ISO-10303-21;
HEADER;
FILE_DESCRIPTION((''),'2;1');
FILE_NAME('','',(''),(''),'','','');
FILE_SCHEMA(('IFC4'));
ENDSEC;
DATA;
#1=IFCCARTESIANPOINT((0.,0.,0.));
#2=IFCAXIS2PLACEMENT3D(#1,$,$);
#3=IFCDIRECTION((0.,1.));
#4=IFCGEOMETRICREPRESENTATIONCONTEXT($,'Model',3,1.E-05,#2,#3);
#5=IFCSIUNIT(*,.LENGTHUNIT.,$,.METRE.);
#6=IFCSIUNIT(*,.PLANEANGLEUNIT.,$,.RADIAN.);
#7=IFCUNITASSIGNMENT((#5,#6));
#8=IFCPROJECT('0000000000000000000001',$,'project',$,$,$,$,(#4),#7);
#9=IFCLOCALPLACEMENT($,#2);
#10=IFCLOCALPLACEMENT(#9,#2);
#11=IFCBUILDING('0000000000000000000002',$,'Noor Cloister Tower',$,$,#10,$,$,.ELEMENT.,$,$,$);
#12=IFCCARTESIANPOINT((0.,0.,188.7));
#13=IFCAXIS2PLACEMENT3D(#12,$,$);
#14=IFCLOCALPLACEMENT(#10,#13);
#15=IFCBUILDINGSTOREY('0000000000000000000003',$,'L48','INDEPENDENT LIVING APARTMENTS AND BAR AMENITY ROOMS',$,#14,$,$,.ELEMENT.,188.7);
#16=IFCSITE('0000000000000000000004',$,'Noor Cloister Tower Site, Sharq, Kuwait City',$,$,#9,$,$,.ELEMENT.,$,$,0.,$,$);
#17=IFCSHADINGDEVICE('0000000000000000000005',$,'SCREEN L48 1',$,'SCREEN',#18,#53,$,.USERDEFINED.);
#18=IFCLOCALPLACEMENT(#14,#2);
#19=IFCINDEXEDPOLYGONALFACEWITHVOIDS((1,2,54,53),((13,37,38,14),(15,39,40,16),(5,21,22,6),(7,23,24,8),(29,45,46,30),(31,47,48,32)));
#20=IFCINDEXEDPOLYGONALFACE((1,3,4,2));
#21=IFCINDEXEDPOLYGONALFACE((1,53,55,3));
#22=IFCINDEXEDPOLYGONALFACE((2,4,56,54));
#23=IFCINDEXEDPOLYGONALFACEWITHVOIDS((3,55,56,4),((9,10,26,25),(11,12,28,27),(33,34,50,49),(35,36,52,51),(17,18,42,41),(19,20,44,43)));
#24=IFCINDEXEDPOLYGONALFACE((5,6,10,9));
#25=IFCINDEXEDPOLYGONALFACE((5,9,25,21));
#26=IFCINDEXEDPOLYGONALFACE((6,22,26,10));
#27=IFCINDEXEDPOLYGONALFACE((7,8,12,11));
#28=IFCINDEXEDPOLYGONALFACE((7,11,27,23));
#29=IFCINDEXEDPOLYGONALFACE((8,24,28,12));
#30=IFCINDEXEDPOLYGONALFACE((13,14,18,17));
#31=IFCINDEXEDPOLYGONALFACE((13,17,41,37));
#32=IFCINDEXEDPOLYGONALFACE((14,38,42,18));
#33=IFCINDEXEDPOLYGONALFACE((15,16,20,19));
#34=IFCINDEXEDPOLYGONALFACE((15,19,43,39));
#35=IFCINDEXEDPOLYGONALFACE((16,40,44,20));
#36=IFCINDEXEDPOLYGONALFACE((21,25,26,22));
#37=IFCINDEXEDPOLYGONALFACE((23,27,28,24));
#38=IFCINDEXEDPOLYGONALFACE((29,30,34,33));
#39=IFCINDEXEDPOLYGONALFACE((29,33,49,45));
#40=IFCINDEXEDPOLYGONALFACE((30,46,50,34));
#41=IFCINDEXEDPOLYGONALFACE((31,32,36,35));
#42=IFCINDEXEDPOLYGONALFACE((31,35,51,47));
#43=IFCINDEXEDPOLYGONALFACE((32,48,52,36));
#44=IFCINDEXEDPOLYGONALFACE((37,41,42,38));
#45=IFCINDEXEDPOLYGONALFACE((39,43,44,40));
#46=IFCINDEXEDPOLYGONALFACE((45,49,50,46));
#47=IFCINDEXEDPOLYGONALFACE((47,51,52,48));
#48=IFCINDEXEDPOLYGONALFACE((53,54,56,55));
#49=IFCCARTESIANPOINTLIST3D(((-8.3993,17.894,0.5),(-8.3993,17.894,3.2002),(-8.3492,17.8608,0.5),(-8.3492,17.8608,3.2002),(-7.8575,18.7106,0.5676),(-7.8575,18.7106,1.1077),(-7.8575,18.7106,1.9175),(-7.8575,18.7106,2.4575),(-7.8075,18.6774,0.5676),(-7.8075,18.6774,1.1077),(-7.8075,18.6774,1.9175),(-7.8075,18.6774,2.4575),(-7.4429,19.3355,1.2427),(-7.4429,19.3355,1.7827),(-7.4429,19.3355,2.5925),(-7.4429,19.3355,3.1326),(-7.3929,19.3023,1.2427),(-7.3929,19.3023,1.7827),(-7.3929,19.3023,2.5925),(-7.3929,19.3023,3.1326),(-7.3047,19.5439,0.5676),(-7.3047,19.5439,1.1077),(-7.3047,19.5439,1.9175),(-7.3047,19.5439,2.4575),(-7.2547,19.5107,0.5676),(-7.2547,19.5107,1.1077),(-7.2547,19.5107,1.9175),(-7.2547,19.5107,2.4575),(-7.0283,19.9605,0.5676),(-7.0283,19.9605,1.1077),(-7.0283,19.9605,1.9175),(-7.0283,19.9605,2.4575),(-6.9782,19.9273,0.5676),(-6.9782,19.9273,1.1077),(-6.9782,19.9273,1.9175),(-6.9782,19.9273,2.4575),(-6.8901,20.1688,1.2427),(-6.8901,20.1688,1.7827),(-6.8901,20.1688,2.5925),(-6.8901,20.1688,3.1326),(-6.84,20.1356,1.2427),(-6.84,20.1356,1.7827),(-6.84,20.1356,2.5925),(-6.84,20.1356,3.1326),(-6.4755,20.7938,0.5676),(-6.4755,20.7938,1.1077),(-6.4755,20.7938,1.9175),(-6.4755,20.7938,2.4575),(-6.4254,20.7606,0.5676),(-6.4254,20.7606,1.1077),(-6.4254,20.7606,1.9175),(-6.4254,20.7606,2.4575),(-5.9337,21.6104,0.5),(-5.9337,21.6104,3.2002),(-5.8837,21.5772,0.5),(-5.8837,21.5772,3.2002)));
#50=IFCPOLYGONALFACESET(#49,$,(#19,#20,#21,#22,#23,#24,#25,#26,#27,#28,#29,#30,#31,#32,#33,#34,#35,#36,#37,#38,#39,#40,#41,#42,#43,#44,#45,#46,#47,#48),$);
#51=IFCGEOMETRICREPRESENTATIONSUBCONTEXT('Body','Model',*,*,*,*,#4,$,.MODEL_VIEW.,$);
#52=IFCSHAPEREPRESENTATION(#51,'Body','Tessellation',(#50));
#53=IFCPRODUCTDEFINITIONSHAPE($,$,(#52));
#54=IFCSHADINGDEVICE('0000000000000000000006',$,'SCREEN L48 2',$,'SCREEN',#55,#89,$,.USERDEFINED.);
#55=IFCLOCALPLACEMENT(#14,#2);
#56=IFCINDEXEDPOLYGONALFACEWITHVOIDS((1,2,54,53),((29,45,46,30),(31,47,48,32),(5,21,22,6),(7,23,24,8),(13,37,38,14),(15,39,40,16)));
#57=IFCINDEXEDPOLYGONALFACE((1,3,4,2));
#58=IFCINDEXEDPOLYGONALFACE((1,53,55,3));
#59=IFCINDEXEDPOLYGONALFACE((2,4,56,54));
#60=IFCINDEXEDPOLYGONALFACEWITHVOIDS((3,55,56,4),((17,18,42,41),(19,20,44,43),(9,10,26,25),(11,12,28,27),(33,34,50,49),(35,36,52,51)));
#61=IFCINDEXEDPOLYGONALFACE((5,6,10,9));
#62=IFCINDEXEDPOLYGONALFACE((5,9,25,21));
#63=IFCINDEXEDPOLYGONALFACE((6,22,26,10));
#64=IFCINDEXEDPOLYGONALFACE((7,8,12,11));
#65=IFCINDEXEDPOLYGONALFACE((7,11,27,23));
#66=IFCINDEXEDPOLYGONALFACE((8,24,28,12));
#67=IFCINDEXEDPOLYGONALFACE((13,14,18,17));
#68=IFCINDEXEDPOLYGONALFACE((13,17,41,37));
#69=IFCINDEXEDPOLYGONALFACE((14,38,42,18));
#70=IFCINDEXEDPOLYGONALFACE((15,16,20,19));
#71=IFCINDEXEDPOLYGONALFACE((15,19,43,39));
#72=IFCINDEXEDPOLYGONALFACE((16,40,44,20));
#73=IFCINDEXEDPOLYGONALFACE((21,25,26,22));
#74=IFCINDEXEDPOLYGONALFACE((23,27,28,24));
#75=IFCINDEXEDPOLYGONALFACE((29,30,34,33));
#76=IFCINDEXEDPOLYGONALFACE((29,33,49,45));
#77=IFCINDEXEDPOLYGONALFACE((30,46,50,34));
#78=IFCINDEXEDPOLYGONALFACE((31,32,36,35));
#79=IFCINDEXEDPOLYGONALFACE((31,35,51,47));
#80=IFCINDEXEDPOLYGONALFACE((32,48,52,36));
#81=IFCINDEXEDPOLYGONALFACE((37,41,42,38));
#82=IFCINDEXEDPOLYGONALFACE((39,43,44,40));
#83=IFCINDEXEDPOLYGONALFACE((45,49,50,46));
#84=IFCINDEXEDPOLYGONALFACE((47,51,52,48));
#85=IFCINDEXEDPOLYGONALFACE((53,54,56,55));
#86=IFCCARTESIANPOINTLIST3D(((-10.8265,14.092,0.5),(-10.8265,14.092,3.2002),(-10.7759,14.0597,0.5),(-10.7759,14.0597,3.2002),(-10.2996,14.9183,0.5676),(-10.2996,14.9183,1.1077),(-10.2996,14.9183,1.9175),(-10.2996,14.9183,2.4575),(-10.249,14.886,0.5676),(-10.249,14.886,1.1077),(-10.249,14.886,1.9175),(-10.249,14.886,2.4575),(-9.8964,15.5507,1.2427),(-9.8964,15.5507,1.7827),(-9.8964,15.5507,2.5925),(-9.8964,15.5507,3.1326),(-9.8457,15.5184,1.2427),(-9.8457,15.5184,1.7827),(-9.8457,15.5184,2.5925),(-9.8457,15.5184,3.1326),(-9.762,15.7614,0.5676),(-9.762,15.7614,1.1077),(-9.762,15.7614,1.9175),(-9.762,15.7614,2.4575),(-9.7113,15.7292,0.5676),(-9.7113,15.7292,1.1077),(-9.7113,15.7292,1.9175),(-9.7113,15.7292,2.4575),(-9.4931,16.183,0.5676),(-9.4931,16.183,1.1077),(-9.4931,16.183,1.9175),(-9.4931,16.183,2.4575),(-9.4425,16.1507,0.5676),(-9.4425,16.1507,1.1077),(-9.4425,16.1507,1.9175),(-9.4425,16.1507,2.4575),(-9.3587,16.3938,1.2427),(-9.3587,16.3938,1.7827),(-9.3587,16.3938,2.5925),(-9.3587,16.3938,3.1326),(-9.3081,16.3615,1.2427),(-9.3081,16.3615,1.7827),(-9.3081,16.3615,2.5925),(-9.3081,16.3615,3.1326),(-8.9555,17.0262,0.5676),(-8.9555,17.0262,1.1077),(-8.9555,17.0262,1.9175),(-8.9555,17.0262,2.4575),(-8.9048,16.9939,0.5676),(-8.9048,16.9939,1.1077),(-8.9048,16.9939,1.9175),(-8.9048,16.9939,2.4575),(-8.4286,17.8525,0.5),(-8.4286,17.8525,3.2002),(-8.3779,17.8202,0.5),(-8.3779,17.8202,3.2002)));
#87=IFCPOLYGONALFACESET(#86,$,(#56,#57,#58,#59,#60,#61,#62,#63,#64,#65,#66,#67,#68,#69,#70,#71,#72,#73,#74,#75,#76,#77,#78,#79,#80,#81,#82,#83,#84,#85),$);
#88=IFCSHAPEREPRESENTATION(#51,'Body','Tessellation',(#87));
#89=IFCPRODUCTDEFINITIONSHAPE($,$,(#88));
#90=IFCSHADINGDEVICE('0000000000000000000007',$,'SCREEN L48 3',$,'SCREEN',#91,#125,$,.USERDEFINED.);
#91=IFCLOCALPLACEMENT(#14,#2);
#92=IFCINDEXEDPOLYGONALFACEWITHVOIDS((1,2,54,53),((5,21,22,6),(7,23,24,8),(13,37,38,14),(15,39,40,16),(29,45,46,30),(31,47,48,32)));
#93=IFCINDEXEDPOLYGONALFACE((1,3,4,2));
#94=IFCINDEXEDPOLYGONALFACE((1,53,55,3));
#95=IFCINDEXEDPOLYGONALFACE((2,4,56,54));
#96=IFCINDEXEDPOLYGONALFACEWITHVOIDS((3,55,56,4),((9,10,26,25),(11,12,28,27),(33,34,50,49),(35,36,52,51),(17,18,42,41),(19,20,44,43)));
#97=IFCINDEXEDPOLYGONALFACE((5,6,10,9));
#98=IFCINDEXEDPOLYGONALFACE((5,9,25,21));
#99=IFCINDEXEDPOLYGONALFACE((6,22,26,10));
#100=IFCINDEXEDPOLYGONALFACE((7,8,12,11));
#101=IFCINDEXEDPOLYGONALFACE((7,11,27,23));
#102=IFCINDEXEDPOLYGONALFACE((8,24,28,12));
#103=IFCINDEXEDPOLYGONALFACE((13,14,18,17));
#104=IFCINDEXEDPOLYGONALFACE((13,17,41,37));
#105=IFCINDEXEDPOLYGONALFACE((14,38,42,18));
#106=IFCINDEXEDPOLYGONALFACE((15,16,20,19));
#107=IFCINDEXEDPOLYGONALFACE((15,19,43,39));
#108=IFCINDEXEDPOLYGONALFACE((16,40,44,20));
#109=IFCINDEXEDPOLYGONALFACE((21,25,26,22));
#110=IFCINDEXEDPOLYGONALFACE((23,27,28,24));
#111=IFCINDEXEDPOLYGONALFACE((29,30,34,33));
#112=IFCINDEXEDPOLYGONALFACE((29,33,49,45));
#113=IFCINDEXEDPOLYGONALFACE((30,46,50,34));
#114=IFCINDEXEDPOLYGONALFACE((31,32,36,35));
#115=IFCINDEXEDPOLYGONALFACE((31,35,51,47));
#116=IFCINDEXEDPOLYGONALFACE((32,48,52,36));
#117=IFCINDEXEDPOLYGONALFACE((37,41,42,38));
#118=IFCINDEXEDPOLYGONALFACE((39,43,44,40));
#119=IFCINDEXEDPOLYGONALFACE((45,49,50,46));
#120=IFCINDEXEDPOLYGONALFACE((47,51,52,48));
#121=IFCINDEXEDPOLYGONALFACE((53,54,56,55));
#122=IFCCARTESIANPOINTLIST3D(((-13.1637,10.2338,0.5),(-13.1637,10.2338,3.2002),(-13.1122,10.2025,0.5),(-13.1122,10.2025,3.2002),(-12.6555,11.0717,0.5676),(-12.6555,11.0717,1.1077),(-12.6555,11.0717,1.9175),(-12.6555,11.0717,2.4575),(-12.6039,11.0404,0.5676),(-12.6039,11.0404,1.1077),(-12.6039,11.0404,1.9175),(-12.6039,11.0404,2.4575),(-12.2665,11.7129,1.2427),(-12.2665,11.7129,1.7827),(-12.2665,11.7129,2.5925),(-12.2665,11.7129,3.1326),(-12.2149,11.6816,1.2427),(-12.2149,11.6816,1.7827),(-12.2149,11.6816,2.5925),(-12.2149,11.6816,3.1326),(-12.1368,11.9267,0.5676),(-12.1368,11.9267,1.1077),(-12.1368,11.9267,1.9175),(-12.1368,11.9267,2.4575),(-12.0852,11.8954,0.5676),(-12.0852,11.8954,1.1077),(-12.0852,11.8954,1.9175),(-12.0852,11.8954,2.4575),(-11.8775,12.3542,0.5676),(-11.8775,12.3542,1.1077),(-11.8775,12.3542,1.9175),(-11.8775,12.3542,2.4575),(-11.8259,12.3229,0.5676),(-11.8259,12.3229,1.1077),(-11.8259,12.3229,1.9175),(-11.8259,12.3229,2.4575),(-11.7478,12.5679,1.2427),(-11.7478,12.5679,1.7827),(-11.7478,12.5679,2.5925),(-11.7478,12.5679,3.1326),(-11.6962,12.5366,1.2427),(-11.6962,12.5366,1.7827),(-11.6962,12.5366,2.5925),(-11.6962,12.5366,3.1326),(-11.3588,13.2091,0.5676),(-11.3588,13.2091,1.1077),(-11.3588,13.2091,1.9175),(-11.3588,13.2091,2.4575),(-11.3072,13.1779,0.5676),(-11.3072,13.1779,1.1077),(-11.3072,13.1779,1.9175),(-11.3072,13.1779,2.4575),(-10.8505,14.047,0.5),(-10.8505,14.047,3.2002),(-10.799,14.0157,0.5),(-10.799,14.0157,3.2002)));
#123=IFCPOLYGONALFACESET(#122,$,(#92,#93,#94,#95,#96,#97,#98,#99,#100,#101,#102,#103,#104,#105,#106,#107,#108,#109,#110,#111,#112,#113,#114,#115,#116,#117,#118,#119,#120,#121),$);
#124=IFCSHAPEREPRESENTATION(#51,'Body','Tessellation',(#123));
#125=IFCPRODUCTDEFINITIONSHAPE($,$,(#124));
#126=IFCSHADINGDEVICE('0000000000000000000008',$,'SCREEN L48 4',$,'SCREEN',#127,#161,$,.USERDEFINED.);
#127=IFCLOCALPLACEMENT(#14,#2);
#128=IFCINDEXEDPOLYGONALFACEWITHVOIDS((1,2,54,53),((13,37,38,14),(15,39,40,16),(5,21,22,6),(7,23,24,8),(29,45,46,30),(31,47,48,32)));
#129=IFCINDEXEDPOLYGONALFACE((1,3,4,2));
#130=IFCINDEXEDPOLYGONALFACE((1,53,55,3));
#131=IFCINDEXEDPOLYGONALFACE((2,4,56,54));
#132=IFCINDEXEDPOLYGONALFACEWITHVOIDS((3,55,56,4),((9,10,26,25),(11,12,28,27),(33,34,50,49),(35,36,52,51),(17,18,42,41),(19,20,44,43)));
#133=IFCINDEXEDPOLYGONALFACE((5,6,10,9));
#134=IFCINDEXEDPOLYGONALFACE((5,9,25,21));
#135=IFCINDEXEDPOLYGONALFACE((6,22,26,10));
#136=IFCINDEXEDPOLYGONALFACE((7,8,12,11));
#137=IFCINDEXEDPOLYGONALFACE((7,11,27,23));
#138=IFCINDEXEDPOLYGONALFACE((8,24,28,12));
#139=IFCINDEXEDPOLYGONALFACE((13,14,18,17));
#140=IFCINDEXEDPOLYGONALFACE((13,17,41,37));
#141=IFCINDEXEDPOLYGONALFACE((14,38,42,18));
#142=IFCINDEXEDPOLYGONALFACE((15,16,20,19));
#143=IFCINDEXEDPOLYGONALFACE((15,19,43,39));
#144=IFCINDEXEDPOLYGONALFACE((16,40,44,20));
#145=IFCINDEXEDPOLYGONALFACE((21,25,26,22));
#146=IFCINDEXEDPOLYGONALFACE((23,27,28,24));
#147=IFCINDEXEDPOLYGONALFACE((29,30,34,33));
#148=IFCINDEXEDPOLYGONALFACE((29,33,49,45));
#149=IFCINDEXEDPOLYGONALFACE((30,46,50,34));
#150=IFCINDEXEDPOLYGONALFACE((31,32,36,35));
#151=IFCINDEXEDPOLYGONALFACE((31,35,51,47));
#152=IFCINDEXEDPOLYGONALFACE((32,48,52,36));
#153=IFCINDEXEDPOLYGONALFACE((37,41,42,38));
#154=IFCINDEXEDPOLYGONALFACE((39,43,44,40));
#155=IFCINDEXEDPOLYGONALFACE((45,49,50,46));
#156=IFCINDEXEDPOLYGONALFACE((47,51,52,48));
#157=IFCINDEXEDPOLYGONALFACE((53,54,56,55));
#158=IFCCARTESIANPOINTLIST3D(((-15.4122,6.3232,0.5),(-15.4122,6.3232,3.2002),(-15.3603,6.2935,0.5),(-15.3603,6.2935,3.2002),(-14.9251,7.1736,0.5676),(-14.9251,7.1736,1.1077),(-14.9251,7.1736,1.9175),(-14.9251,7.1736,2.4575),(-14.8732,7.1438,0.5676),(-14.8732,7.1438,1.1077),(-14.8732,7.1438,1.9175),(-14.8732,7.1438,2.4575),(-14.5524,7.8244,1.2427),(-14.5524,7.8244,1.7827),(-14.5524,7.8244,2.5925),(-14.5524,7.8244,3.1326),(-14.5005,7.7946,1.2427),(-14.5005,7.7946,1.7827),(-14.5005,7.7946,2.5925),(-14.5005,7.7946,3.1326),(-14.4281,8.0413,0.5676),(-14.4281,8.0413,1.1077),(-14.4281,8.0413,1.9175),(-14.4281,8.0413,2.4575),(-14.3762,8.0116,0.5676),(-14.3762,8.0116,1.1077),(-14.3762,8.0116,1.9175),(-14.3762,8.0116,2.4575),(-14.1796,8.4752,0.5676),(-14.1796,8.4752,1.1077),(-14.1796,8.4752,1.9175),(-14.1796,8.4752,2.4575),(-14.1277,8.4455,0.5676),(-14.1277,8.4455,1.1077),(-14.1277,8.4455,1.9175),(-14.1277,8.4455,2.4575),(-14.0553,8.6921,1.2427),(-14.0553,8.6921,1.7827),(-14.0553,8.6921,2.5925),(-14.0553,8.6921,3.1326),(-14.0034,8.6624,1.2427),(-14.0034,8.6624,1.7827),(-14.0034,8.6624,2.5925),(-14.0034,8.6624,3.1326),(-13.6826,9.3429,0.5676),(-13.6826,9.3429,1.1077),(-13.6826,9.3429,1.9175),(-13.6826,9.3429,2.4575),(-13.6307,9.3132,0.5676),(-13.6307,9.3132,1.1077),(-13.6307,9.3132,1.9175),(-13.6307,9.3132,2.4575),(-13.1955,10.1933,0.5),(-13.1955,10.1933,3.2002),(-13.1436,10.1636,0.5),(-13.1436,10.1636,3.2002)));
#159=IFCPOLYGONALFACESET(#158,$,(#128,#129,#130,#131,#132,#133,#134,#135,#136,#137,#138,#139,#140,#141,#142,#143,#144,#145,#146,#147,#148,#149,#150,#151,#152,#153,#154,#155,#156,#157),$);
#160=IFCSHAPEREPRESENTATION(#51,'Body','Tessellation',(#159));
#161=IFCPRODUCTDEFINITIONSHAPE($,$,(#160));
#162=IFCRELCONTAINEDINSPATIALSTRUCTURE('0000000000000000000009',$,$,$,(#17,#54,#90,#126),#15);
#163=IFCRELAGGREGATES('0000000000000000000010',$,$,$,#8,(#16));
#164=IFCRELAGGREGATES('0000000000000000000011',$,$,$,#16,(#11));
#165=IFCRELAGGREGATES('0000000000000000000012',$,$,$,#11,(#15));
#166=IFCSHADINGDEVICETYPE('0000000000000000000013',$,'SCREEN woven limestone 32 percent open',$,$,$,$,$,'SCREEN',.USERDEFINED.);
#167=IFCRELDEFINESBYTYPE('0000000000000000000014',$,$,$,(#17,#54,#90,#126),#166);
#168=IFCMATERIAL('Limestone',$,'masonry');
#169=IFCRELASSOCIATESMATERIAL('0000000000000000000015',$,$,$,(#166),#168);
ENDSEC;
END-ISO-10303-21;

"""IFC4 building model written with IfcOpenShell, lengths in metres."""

from ifc_helpers import new_model, si_unit, direction, frame, origin, place, context, subcontext, project, spatial, polyline, outline, extrude, material, material_profile, profile_set, type_object, element, save


model = new_model("IFC4")

# Units and contexts
model_context = context("Model", 3, precision=1e-05, world=origin(), true_north=direction((0.0, 1.0)))
body_context = subcontext(model_context, "Body", "Model", "MODEL_VIEW")
ifc_project = project(units=[si_unit("LENGTHUNIT", "METRE"), si_unit("PLANEANGLEUNIT", "RADIAN")], contexts=[model_context])

# Site, building, storey
site_placement = place(None, origin())
site = spatial("IfcSite", under=ifc_project, at=site_placement, Name="Noor Cloister Tower Site, Sharq, Kuwait City", CompositionType="ELEMENT", RefElevation=0.0)
building_placement = place(site_placement, origin())
building = spatial("IfcBuilding", under=site, at=building_placement, Name="Noor Cloister Tower", CompositionType="ELEMENT")
storey_placement = place(building_placement, frame((0.0, 0.0, 188.7)))
storey = spatial("IfcBuildingStorey", under=building, at=storey_placement, Name="L48", Description="INDEPENDENT LIVING APARTMENTS AND BAR AMENITY ROOMS", CompositionType="ELEMENT", Elevation=188.7)

# Shading devices
ifc_material_1 = material(Name="Limestone", Category="masonry")
ifc_material_profile_1 = material_profile(ifc_material_1, outline(polyline([(-2.23, -1.3501), (2.23, -1.3501), (2.23, 1.3501), (-2.23, 1.3501), (-2.23, -1.3501)]), holes=[polyline([(-1.25, -1.2825), (-0.25, -1.2825), (-0.25, -0.7424), (-1.25, -0.7424), (-1.25, -1.2825)]), polyline([(0.25, -1.2825), (1.25, -1.2825), (1.25, -0.7424), (0.25, -0.7424), (0.25, -1.2825)]), polyline([(-0.5, -0.6074), (0.5, -0.6074), (0.5, -0.0674), (-0.5, -0.0674), (-0.5, -0.6074)]), polyline([(-1.25, 0.0674), (-0.25, 0.0674), (-0.25, 0.6074), (-1.25, 0.6074), (-1.25, 0.0674)]), polyline([(0.25, 0.0674), (1.25, 0.0674), (1.25, 0.6074), (0.25, 0.6074), (0.25, 0.0674)]), polyline([(-0.5, 0.7424), (0.5, 0.7424), (0.5, 1.2825), (-0.5, 1.2825), (-0.5, 0.7424)])]), Name="Woven screen 32 percent open")
ifc_profile_set_1 = profile_set([ifc_material_profile_1], Name="Limestone")
shading_device_type = type_object("IfcShadingDeviceType", Name="SCREEN woven limestone 32 percent open", ElementType="SCREEN", PredefinedType="USERDEFINED", material=ifc_profile_set_1)
for number, where, z_axis, x_axis, name in (
    (1, (-7.1165, 19.719, 1.8501), (-0.833299, 0.552823, 0.0), (-0.552823, -0.833299, 0.0), "SCREEN L48 1"),
    (2, (-9.5769, 15.9399, 1.8501), (-0.843158, 0.537666, 0.0), (-0.537666, -0.843158, 0.0), "SCREEN L48 2"),
):
    element("IfcShadingDevice", number, at=place(storey_placement, frame(where, z_axis=z_axis, x_axis=x_axis)), inside=storey, type_object=shading_device_type, Name=name, ObjectType="SCREEN", PredefinedType="USERDEFINED", context=body_context, shape_type="SweptSolid", body=[
        extrude(outline(polyline([(-2.23, -1.3501), (2.23, -1.3501), (2.23, 1.3501), (-2.23, 1.3501), (-2.23, -1.3501)]), holes=[polyline([(-1.25, -1.2825), (-0.25, -1.2825), (-0.25, -0.7424), (-1.25, -0.7424), (-1.25, -1.2825)]), polyline([(0.25, -1.2825), (1.25, -1.2825), (1.25, -0.7424), (0.25, -0.7424), (0.25, -1.2825)]), polyline([(-0.5, -0.6074), (0.5, -0.6074), (0.5, -0.0674), (-0.5, -0.0674), (-0.5, -0.6074)]), polyline([(-1.25, 0.0674), (-0.25, 0.0674), (-0.25, 0.6074), (-1.25, 0.6074), (-1.25, 0.0674)]), polyline([(0.25, 0.0674), (1.25, 0.0674), (1.25, 0.6074), (0.25, 0.6074), (0.25, 0.0674)]), polyline([(-0.5, 0.7424), (0.5, 0.7424), (0.5, 1.2825), (-0.5, 1.2825), (-0.5, 0.7424)])]), origin(), (0.0, 0.0, 1.0), 0.0601),
    ])
shading_device_1_placement = place(storey_placement, frame((-11.9556, 12.1091, 1.8501), z_axis=(-0.85498, 0.518661, 0.0), x_axis=(-0.518661, -0.85498, 0.0)))
element("IfcShadingDevice", 3, at=shading_device_1_placement, inside=storey, type_object=shading_device_type, Name="SCREEN L48 3", ObjectType="SCREEN", PredefinedType="USERDEFINED", context=body_context, shape_type="SweptSolid", body=[
    extrude(outline(polyline([(-2.23, -1.3501), (2.23, -1.3501), (2.23, 1.3501), (-2.23, 1.3501), (-2.23, -1.3501)]), holes=[polyline([(-1.25, -1.2825), (-0.25, -1.2825), (-0.25, -0.7424), (-1.25, -0.7424), (-1.25, -1.2825)]), polyline([(0.25, -1.2825), (1.25, -1.2825), (1.25, -0.7424), (0.25, -0.7424), (0.25, -1.2825)]), polyline([(-0.5, -0.6074), (0.5, -0.6074), (0.5, -0.0674), (-0.5, -0.0674), (-0.5, -0.6074)]), polyline([(-1.25, 0.0674), (-0.25, 0.0674), (-0.25, 0.6074), (-1.25, 0.6074), (-1.25, 0.0674)]), polyline([(0.25, 0.0674), (1.25, 0.0674), (1.25, 0.6074), (0.25, 0.6074), (0.25, 0.0674)]), polyline([(-0.5, 0.7424), (0.5, 0.7424), (0.5, 1.2825), (-0.5, 1.2825), (-0.5, 0.7424)])]), origin(), (0.0, 0.0, 1.0), 0.0603),
])
shading_device_2_placement = place(storey_placement, frame((-14.252, 8.2285, 1.8501), z_axis=(-0.867741, 0.497016, 0.0), x_axis=(-0.497016, -0.867741, 0.0)))
element("IfcShadingDevice", 4, at=shading_device_2_placement, inside=storey, type_object=shading_device_type, Name="SCREEN L48 4", ObjectType="SCREEN", PredefinedType="USERDEFINED", context=body_context, shape_type="SweptSolid", body=[
    extrude(outline(polyline([(-2.23, -1.3501), (2.23, -1.3501), (2.23, 1.3501), (-2.23, 1.3501), (-2.23, -1.3501)]), holes=[polyline([(-1.25, -1.2825), (-0.25, -1.2825), (-0.25, -0.7424), (-1.25, -0.7424), (-1.25, -1.2825)]), polyline([(0.25, -1.2825), (1.25, -1.2825), (1.25, -0.7424), (0.25, -0.7424), (0.25, -1.2825)]), polyline([(-0.5, -0.6074), (0.5, -0.6074), (0.5, -0.0674), (-0.5, -0.0674), (-0.5, -0.6074)]), polyline([(-1.25, 0.0674), (-0.25, 0.0674), (-0.25, 0.6074), (-1.25, 0.6074), (-1.25, 0.0674)]), polyline([(0.25, 0.0674), (1.25, 0.0674), (1.25, 0.6074), (0.25, 0.6074), (0.25, 0.0674)]), polyline([(-0.5, 0.7424), (0.5, 0.7424), (0.5, 1.2825), (-0.5, 1.2825), (-0.5, 0.7424)])]), origin(), (0.0, 0.0, 1.0), 0.0598),
])

save(model, "model.ifc")
